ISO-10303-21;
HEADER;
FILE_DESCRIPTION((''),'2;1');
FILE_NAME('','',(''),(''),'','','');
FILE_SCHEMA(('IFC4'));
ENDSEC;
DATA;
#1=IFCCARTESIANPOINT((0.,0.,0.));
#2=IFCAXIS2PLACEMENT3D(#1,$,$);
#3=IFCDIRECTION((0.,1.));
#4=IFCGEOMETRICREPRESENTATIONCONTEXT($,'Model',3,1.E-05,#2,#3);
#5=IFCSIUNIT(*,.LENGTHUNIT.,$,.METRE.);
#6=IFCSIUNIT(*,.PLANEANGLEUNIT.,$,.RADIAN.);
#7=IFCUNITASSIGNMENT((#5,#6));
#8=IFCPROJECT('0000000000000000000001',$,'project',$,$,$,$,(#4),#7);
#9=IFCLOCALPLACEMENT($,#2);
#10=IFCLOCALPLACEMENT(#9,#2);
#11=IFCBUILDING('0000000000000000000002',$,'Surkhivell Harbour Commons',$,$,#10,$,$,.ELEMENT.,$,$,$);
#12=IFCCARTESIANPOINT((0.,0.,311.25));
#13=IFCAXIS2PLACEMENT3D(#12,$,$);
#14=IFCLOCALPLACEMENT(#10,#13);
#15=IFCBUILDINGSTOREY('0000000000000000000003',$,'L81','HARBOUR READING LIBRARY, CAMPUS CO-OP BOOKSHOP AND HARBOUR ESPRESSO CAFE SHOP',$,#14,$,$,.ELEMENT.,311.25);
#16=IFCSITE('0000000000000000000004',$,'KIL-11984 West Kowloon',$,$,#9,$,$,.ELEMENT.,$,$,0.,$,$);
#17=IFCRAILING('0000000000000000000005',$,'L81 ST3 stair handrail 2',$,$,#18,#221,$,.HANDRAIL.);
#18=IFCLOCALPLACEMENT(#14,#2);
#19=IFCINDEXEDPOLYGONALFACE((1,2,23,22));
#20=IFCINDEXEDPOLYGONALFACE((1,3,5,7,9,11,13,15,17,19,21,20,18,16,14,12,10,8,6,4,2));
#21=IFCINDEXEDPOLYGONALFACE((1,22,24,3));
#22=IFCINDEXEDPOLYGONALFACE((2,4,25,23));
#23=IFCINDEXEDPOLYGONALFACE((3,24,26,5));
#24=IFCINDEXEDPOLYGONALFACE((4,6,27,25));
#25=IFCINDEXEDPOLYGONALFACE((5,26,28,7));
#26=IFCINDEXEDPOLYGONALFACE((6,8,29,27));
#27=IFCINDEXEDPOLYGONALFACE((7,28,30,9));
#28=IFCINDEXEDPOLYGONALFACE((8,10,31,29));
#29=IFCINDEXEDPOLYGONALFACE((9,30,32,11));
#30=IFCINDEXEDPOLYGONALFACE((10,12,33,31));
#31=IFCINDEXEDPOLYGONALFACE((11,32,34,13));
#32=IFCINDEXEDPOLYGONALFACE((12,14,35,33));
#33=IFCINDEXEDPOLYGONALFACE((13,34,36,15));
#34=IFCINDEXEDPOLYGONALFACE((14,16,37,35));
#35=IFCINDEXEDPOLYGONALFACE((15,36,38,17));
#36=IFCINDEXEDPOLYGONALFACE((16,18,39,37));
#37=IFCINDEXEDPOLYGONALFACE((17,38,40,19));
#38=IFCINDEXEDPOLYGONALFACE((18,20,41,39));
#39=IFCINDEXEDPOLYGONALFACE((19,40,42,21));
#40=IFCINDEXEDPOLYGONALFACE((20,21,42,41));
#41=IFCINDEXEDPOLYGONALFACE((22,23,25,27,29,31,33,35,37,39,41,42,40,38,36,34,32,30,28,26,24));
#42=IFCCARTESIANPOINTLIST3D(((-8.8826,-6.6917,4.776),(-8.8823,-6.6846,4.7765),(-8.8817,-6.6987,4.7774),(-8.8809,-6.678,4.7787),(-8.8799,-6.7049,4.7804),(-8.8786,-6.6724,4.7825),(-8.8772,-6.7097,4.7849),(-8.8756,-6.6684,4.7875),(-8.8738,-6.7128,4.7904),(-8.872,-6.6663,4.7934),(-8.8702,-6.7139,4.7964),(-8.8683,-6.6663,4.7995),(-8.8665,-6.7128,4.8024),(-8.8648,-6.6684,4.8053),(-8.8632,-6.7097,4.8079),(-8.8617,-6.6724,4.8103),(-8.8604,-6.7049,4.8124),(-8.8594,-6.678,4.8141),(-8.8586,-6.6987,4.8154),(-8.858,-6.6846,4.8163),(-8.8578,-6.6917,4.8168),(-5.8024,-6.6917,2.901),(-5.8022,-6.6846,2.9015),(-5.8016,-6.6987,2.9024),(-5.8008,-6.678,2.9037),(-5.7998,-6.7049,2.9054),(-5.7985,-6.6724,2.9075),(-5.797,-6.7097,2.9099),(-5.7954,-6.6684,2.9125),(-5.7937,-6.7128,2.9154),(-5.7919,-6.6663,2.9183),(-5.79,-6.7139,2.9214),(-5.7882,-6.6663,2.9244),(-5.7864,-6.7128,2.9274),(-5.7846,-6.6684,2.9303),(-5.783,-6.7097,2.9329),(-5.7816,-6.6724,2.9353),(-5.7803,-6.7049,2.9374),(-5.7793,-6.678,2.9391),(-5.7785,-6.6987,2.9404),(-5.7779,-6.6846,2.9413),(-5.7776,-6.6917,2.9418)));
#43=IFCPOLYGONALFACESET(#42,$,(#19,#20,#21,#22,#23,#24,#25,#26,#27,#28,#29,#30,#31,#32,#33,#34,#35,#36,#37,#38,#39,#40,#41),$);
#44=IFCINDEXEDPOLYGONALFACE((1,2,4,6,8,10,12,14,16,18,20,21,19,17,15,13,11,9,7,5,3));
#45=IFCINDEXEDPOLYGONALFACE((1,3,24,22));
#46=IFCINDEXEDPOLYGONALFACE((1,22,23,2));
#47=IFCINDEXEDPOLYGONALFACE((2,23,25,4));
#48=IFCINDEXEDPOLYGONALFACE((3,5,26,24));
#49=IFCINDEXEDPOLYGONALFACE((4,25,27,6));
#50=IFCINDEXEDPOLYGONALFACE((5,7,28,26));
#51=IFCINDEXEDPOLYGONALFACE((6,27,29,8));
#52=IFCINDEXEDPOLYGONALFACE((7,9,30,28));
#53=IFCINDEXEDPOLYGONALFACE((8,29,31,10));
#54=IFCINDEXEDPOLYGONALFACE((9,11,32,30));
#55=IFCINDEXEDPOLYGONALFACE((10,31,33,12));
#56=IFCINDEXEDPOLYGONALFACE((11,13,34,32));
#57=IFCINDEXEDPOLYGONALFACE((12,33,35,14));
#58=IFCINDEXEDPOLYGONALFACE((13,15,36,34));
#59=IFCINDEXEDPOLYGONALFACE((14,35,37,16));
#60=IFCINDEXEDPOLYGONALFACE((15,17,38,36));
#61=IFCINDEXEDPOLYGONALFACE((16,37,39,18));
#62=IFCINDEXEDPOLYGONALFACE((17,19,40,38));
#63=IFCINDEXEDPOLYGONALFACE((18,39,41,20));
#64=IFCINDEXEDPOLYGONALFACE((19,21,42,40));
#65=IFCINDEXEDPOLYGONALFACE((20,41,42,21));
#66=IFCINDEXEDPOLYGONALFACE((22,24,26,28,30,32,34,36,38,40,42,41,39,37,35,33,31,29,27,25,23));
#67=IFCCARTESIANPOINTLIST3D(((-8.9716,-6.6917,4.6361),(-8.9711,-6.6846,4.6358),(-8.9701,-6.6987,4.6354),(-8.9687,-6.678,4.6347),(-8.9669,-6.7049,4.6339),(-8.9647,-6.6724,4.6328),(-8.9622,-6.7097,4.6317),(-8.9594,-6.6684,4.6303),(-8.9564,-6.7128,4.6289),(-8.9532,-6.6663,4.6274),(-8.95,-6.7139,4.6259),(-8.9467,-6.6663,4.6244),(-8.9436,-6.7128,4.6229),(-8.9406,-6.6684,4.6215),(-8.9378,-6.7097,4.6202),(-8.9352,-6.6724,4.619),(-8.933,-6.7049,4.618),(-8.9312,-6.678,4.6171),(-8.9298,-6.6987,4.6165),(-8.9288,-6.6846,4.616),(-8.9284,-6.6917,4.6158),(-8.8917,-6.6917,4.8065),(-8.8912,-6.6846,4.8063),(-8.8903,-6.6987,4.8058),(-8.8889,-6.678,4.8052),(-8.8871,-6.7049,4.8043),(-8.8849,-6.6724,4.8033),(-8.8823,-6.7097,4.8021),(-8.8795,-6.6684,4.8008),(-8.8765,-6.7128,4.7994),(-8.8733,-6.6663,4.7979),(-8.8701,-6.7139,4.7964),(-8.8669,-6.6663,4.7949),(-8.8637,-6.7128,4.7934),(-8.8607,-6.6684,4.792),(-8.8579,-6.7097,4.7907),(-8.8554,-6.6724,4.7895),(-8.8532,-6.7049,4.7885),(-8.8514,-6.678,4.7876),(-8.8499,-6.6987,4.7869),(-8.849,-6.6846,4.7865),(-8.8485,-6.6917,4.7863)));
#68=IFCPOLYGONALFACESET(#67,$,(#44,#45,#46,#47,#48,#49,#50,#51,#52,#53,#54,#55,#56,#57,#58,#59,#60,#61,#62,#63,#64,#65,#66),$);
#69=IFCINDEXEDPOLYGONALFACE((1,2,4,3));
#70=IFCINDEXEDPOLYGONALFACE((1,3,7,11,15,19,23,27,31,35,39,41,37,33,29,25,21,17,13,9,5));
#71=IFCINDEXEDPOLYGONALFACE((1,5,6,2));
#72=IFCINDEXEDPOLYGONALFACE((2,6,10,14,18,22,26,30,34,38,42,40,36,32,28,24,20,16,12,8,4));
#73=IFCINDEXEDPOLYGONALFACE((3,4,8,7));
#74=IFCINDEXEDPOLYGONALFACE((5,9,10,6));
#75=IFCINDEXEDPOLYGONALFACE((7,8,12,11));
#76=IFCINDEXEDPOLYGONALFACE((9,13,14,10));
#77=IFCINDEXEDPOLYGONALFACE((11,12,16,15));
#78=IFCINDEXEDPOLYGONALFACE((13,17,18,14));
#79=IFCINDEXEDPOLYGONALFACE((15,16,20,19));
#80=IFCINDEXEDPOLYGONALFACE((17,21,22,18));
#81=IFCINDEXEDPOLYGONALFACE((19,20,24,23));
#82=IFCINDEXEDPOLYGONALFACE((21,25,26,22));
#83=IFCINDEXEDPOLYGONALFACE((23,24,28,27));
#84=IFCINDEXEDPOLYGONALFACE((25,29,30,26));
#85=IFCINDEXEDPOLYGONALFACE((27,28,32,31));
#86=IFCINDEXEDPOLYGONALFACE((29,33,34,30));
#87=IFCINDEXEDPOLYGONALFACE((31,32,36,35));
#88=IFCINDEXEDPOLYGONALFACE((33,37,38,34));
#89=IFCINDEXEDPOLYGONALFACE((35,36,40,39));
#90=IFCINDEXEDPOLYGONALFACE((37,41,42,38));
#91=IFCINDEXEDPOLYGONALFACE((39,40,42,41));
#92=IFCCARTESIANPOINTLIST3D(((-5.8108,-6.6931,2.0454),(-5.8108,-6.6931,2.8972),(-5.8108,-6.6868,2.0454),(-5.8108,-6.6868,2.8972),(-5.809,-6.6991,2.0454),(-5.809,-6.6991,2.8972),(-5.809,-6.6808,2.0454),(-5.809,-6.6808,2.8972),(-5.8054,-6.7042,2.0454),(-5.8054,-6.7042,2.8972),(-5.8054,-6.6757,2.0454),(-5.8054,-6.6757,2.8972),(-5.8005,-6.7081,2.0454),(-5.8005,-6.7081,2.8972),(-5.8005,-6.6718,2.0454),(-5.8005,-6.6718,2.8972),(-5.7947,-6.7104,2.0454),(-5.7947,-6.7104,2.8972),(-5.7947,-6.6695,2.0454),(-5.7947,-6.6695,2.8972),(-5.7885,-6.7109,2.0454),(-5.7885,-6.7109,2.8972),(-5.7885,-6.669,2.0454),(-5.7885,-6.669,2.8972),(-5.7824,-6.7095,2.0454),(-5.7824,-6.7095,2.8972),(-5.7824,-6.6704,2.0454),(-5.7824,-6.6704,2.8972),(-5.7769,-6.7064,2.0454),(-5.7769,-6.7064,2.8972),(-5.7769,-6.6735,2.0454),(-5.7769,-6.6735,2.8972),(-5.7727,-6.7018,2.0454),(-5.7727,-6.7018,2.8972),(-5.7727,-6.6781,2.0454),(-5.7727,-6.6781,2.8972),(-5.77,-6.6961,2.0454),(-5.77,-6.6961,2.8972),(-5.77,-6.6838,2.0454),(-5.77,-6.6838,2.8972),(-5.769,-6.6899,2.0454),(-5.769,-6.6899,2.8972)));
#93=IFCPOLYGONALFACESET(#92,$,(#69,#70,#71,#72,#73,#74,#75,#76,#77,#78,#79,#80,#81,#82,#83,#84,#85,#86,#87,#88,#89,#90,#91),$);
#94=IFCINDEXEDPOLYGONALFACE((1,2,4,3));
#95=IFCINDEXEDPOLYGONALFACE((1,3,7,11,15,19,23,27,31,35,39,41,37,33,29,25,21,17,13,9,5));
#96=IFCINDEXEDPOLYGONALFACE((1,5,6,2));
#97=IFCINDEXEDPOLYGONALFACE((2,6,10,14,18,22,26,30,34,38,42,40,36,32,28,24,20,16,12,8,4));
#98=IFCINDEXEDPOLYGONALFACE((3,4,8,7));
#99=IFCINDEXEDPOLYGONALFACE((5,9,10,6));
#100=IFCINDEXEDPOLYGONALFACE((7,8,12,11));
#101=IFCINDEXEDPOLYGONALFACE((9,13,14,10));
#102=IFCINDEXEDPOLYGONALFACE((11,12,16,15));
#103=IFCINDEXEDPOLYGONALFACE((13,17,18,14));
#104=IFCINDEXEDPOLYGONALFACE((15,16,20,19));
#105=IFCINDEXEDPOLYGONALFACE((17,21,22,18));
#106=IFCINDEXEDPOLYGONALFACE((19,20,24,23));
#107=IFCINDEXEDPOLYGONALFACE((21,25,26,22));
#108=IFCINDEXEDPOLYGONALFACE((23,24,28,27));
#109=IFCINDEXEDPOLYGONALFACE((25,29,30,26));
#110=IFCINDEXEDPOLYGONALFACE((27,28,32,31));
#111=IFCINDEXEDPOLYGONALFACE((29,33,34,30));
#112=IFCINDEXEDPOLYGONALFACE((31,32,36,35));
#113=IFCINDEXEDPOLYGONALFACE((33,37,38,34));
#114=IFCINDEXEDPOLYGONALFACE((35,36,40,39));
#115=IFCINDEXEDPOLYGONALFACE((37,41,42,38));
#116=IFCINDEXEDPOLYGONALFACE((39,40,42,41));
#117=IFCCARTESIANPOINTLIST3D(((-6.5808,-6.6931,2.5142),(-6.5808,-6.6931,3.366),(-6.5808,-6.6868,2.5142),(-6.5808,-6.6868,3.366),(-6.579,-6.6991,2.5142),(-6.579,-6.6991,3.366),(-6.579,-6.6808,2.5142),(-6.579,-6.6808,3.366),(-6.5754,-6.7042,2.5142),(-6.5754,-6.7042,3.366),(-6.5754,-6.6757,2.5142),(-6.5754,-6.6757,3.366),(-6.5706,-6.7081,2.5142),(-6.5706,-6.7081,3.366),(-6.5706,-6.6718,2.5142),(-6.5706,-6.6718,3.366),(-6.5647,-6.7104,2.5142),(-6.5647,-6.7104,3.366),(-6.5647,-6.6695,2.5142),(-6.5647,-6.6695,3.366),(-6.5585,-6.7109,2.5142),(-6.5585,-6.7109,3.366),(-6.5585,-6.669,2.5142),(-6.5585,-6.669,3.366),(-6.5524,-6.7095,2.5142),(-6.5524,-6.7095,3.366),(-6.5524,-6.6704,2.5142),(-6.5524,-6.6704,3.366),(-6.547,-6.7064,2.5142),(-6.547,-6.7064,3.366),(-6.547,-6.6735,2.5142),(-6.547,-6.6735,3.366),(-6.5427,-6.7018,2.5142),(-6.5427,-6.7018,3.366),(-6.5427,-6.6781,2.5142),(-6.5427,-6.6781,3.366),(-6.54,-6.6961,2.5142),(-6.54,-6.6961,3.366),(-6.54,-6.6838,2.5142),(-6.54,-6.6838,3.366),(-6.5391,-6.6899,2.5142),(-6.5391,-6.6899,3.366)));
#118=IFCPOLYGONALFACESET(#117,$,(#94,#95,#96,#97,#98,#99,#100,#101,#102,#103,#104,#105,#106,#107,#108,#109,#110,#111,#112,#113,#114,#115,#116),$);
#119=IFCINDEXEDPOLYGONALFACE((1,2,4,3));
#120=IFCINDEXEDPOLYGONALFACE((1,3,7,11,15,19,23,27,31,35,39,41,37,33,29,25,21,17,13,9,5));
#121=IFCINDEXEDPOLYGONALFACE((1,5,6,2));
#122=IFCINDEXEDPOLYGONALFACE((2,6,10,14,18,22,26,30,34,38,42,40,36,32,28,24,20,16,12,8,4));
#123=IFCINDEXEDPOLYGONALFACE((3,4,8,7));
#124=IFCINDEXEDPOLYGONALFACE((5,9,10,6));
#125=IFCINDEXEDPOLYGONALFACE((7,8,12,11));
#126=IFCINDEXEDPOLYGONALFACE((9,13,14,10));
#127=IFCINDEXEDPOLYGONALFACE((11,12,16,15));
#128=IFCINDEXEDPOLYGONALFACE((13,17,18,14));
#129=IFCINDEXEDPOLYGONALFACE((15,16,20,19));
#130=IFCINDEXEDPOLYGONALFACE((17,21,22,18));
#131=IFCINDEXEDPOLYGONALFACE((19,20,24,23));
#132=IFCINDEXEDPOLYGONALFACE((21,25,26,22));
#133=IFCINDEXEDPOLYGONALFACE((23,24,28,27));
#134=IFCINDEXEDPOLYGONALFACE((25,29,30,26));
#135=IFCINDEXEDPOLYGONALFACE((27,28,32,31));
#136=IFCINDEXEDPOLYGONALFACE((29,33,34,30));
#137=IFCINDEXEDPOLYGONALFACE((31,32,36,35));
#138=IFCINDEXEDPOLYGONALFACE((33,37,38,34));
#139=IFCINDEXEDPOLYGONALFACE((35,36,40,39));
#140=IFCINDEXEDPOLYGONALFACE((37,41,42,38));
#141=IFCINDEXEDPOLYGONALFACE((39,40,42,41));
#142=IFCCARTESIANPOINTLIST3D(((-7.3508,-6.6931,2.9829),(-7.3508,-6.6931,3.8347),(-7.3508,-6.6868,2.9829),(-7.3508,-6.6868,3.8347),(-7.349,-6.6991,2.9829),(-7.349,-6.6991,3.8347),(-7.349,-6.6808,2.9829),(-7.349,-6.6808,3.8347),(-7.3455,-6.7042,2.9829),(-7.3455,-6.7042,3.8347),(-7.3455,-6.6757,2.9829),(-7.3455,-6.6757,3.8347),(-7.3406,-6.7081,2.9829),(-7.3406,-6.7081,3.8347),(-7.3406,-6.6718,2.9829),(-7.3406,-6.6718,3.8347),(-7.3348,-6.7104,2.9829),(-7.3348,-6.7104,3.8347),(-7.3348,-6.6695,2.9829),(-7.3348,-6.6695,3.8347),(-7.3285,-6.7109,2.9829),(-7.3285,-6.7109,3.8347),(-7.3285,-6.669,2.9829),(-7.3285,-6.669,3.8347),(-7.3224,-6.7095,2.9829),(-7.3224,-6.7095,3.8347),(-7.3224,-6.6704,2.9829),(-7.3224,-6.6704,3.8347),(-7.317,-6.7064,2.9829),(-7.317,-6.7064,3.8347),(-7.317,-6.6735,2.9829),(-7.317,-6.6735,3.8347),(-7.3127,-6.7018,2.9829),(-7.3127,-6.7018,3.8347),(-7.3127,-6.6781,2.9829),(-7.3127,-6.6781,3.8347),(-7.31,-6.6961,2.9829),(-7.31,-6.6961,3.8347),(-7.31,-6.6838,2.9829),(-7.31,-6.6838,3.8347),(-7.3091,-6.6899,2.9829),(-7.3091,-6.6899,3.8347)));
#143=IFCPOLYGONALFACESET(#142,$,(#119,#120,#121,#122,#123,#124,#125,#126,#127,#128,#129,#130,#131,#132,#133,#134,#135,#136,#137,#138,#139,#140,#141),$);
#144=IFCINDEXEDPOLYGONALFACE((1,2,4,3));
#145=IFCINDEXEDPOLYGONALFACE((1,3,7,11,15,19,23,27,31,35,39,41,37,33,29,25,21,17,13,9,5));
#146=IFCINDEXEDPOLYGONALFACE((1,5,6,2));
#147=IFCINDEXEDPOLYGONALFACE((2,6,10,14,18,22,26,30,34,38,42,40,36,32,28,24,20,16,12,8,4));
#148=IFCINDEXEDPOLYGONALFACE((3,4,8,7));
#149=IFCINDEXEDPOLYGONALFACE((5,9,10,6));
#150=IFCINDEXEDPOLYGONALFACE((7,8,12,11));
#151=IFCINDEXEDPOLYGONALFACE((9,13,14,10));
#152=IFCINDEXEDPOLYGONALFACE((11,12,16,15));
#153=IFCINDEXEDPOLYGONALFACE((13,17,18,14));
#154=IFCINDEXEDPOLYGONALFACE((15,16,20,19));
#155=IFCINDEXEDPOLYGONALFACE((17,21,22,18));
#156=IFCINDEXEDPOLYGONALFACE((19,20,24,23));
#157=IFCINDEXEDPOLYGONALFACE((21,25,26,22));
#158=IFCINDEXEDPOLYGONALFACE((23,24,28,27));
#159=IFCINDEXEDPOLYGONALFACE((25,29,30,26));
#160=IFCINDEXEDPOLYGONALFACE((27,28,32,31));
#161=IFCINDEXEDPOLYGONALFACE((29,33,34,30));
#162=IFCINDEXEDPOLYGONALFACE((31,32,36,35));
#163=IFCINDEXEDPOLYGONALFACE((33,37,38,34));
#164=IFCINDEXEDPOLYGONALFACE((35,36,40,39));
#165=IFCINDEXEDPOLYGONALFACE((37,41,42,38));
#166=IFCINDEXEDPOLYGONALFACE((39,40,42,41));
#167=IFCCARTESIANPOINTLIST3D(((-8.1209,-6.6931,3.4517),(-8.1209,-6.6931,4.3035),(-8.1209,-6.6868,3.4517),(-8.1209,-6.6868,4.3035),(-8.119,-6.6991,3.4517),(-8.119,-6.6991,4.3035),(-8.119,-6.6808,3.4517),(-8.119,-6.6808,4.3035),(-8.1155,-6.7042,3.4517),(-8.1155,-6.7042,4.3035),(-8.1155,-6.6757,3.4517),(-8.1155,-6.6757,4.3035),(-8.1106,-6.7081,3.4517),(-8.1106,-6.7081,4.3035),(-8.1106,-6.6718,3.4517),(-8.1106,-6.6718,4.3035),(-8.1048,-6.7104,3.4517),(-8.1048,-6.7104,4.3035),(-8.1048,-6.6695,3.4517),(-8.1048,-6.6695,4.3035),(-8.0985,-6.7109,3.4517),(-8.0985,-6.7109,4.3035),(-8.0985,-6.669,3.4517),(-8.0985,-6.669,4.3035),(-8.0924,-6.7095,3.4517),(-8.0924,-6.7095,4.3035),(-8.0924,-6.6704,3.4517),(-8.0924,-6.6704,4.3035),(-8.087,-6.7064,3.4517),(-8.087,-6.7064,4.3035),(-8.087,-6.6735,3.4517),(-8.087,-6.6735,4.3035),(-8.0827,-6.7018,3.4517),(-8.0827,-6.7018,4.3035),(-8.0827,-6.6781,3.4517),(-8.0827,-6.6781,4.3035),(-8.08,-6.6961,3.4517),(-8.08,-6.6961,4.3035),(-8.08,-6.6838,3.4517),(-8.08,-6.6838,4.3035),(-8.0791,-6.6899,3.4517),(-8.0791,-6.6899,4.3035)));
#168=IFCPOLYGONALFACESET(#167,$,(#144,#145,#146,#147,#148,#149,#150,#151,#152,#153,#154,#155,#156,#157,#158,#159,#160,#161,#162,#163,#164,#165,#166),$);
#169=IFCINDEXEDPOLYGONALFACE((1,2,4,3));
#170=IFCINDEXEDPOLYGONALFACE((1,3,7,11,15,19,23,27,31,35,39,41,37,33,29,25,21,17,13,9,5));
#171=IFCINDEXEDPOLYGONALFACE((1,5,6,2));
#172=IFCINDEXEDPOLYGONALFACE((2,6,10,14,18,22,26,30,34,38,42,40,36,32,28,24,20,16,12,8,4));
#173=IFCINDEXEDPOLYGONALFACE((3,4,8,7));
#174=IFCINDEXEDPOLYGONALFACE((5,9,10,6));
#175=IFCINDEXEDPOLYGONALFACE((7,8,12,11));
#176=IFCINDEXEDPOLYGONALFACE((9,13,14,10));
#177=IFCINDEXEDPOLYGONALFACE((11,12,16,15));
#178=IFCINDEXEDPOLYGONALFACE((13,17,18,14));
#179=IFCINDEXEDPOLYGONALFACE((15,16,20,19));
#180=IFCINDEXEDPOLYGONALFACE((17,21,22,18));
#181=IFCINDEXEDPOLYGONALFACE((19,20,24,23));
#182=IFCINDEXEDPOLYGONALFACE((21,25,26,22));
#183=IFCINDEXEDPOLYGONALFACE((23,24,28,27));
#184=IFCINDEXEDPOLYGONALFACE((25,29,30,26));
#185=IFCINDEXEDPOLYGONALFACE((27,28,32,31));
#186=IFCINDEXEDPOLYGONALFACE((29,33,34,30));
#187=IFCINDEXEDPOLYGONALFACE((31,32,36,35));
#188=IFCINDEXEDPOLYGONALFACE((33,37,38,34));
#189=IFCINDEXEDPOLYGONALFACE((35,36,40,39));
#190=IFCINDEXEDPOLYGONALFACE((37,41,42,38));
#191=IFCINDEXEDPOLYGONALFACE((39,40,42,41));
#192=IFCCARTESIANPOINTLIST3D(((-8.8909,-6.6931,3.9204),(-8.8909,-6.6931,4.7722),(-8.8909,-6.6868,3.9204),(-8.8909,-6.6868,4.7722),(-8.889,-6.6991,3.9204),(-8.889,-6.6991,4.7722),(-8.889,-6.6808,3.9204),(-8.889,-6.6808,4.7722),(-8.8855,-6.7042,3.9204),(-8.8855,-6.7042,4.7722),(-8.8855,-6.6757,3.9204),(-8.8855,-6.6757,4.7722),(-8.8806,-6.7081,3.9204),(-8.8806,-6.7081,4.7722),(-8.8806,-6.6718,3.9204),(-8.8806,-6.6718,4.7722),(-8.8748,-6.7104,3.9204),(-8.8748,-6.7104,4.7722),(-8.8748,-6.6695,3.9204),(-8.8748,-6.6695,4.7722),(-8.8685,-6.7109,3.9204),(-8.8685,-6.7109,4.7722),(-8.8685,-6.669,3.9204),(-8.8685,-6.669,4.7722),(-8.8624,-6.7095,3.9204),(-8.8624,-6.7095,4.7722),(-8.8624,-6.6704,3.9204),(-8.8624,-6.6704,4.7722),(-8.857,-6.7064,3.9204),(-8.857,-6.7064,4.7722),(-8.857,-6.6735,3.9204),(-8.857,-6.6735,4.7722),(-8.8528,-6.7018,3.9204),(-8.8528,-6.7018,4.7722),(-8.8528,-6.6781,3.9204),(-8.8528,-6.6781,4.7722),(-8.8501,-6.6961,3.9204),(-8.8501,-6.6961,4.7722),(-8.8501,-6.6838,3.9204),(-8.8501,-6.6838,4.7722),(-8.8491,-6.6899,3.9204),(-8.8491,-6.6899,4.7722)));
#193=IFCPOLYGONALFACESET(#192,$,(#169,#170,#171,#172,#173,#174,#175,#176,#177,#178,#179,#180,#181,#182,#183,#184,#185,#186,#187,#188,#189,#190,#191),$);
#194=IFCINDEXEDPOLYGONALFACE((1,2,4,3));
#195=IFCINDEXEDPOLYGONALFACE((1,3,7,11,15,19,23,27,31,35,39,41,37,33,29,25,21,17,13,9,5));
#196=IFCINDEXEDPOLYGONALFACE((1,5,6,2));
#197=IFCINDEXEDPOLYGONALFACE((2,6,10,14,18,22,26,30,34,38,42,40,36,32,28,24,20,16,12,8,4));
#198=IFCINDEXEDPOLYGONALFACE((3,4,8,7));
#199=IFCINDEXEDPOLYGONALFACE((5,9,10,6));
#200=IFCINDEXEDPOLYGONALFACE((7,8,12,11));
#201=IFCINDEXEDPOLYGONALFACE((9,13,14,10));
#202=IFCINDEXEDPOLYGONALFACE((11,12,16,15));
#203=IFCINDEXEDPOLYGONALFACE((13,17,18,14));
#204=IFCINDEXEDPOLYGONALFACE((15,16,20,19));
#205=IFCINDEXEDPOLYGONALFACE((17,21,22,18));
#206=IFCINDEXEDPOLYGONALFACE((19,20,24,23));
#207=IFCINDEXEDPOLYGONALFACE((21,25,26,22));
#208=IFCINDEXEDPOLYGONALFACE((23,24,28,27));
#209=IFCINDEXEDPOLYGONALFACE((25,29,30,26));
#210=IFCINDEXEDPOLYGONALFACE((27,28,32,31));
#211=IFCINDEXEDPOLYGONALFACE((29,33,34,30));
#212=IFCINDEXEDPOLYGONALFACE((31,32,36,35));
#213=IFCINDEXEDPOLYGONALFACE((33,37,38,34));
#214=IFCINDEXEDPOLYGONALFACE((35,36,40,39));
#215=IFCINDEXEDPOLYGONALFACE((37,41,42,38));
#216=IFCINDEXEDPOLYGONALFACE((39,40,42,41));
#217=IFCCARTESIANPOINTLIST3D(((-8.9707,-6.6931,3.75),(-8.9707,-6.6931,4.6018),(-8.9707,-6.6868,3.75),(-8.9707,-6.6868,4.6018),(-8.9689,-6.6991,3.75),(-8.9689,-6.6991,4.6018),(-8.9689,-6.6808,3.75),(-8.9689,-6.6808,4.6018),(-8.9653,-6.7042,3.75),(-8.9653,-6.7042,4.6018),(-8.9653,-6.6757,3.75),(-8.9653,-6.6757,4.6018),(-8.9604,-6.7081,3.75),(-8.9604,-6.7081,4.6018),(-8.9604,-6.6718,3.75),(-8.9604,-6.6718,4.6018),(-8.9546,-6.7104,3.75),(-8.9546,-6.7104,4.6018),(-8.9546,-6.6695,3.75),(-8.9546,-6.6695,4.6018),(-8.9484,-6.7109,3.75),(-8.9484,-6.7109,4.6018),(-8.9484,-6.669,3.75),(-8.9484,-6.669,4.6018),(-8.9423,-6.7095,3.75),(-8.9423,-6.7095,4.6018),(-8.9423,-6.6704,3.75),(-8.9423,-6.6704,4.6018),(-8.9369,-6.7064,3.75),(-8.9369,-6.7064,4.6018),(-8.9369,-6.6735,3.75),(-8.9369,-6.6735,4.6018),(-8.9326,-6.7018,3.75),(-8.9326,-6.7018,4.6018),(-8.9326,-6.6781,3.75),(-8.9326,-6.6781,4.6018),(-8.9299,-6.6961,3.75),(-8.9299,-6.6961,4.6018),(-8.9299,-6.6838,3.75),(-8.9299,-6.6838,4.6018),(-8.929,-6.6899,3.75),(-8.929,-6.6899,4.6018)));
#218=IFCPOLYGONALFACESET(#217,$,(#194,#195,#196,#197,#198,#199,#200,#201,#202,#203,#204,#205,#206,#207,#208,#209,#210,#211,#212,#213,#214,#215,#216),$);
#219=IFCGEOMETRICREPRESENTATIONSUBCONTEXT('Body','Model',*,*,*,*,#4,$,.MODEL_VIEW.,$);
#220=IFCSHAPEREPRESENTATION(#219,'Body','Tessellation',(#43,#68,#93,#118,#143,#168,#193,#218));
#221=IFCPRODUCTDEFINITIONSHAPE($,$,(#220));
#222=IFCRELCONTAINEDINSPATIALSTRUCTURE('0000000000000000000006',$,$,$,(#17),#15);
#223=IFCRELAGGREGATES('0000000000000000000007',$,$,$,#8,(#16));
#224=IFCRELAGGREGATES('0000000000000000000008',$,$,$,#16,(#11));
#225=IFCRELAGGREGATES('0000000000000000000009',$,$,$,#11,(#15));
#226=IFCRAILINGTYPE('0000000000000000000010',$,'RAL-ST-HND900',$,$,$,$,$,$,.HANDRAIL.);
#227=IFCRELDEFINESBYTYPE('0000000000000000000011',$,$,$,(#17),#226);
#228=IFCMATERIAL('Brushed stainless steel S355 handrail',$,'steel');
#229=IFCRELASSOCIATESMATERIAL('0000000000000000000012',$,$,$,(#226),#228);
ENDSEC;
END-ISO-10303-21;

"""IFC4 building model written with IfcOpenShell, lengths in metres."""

from ifc_helpers import new_model, si_unit, direction, frame, origin, origin_2d, place, context, subcontext, project, spatial, circle, extrude, material, type_object, element, save


model = new_model("IFC4")

# Units and contexts
model_context = context("Model", 3, precision=1e-05, world=origin(), true_north=direction((0.0, 1.0)))
body_context = subcontext(model_context, "Body", "Model", "MODEL_VIEW")
ifc_project = project(units=[si_unit("LENGTHUNIT", "METRE"), si_unit("PLANEANGLEUNIT", "RADIAN")], contexts=[model_context])

# Site, building, storey
site_placement = place(None, origin())
site = spatial("IfcSite", under=ifc_project, at=site_placement, Name="KIL-11984 West Kowloon", CompositionType="ELEMENT", RefElevation=0.0)
building_placement = place(site_placement, origin())
building = spatial("IfcBuilding", under=site, at=building_placement, Name="Surkhivell Harbour Commons", CompositionType="ELEMENT")
storey_placement = place(building_placement, frame((0.0, 0.0, 311.25)))
storey = spatial("IfcBuildingStorey", under=building, at=storey_placement, Name="L81", Description="HARBOUR READING LIBRARY, CAMPUS CO-OP BOOKSHOP AND HARBOUR ESPRESSO CAFE SHOP", CompositionType="ELEMENT", Elevation=311.25)

# Railing
ifc_material_1 = material(Name="Brushed stainless steel S355 handrail", Category="steel")
railing_type_1 = type_object("IfcRailingType", Name="RAL-ST-HND900", PredefinedType="HANDRAIL", material=ifc_material_1)
railing_1_placement = place(storey_placement, frame((-5.79, -6.6899, 2.0454)))
element("IfcRailing", 1, at=railing_1_placement, inside=storey, type_object=railing_type_1, Name="L81 ST3 stair handrail 2", PredefinedType="HANDRAIL", context=body_context, shape_type="SweptSolid", body=[
    extrude(circle(Radius=0.0239, at=origin_2d()), frame((0.0, 0.0, 0.876), z_axis=(-0.854178, 0.0, 0.519981), x_axis=(0.0, -1.0, 0.0)), (0.0, 0.0, 1.0), 3.606),
    extrude(circle(Radius=0.0239, at=origin_2d()), frame((-3.0801, 0.0, 2.751), z_axis=(-0.424234, 0.0, -0.905552), x_axis=(0.0, -1.0, 0.0)), (0.0, 0.0, 1.0), 0.1882),
    extrude(circle(Radius=0.021, at=origin_2d()), origin(), (0.0, 0.0, 1.0), 0.8518),
    extrude(circle(Radius=0.021, at=origin_2d()), frame((-0.77, 0.0, 0.4688)), (0.0, 0.0, 1.0), 0.8518),
    extrude(circle(Radius=0.021, at=origin_2d()), frame((-1.54, 0.0, 0.9375)), (0.0, 0.0, 1.0), 0.8518),
    extrude(circle(Radius=0.021, at=origin_2d()), frame((-2.3101, 0.0, 1.4062)), (0.0, 0.0, 1.0), 0.8518),
    extrude(circle(Radius=0.021, at=origin_2d()), frame((-3.0801, 0.0, 1.875)), (0.0, 0.0, 1.0), 0.8518),
    extrude(circle(Radius=0.021, at=origin_2d()), frame((-3.1599, 0.0, 1.7046)), (0.0, 0.0, 1.0), 0.8518),
])

save(model, "model.ifc")
